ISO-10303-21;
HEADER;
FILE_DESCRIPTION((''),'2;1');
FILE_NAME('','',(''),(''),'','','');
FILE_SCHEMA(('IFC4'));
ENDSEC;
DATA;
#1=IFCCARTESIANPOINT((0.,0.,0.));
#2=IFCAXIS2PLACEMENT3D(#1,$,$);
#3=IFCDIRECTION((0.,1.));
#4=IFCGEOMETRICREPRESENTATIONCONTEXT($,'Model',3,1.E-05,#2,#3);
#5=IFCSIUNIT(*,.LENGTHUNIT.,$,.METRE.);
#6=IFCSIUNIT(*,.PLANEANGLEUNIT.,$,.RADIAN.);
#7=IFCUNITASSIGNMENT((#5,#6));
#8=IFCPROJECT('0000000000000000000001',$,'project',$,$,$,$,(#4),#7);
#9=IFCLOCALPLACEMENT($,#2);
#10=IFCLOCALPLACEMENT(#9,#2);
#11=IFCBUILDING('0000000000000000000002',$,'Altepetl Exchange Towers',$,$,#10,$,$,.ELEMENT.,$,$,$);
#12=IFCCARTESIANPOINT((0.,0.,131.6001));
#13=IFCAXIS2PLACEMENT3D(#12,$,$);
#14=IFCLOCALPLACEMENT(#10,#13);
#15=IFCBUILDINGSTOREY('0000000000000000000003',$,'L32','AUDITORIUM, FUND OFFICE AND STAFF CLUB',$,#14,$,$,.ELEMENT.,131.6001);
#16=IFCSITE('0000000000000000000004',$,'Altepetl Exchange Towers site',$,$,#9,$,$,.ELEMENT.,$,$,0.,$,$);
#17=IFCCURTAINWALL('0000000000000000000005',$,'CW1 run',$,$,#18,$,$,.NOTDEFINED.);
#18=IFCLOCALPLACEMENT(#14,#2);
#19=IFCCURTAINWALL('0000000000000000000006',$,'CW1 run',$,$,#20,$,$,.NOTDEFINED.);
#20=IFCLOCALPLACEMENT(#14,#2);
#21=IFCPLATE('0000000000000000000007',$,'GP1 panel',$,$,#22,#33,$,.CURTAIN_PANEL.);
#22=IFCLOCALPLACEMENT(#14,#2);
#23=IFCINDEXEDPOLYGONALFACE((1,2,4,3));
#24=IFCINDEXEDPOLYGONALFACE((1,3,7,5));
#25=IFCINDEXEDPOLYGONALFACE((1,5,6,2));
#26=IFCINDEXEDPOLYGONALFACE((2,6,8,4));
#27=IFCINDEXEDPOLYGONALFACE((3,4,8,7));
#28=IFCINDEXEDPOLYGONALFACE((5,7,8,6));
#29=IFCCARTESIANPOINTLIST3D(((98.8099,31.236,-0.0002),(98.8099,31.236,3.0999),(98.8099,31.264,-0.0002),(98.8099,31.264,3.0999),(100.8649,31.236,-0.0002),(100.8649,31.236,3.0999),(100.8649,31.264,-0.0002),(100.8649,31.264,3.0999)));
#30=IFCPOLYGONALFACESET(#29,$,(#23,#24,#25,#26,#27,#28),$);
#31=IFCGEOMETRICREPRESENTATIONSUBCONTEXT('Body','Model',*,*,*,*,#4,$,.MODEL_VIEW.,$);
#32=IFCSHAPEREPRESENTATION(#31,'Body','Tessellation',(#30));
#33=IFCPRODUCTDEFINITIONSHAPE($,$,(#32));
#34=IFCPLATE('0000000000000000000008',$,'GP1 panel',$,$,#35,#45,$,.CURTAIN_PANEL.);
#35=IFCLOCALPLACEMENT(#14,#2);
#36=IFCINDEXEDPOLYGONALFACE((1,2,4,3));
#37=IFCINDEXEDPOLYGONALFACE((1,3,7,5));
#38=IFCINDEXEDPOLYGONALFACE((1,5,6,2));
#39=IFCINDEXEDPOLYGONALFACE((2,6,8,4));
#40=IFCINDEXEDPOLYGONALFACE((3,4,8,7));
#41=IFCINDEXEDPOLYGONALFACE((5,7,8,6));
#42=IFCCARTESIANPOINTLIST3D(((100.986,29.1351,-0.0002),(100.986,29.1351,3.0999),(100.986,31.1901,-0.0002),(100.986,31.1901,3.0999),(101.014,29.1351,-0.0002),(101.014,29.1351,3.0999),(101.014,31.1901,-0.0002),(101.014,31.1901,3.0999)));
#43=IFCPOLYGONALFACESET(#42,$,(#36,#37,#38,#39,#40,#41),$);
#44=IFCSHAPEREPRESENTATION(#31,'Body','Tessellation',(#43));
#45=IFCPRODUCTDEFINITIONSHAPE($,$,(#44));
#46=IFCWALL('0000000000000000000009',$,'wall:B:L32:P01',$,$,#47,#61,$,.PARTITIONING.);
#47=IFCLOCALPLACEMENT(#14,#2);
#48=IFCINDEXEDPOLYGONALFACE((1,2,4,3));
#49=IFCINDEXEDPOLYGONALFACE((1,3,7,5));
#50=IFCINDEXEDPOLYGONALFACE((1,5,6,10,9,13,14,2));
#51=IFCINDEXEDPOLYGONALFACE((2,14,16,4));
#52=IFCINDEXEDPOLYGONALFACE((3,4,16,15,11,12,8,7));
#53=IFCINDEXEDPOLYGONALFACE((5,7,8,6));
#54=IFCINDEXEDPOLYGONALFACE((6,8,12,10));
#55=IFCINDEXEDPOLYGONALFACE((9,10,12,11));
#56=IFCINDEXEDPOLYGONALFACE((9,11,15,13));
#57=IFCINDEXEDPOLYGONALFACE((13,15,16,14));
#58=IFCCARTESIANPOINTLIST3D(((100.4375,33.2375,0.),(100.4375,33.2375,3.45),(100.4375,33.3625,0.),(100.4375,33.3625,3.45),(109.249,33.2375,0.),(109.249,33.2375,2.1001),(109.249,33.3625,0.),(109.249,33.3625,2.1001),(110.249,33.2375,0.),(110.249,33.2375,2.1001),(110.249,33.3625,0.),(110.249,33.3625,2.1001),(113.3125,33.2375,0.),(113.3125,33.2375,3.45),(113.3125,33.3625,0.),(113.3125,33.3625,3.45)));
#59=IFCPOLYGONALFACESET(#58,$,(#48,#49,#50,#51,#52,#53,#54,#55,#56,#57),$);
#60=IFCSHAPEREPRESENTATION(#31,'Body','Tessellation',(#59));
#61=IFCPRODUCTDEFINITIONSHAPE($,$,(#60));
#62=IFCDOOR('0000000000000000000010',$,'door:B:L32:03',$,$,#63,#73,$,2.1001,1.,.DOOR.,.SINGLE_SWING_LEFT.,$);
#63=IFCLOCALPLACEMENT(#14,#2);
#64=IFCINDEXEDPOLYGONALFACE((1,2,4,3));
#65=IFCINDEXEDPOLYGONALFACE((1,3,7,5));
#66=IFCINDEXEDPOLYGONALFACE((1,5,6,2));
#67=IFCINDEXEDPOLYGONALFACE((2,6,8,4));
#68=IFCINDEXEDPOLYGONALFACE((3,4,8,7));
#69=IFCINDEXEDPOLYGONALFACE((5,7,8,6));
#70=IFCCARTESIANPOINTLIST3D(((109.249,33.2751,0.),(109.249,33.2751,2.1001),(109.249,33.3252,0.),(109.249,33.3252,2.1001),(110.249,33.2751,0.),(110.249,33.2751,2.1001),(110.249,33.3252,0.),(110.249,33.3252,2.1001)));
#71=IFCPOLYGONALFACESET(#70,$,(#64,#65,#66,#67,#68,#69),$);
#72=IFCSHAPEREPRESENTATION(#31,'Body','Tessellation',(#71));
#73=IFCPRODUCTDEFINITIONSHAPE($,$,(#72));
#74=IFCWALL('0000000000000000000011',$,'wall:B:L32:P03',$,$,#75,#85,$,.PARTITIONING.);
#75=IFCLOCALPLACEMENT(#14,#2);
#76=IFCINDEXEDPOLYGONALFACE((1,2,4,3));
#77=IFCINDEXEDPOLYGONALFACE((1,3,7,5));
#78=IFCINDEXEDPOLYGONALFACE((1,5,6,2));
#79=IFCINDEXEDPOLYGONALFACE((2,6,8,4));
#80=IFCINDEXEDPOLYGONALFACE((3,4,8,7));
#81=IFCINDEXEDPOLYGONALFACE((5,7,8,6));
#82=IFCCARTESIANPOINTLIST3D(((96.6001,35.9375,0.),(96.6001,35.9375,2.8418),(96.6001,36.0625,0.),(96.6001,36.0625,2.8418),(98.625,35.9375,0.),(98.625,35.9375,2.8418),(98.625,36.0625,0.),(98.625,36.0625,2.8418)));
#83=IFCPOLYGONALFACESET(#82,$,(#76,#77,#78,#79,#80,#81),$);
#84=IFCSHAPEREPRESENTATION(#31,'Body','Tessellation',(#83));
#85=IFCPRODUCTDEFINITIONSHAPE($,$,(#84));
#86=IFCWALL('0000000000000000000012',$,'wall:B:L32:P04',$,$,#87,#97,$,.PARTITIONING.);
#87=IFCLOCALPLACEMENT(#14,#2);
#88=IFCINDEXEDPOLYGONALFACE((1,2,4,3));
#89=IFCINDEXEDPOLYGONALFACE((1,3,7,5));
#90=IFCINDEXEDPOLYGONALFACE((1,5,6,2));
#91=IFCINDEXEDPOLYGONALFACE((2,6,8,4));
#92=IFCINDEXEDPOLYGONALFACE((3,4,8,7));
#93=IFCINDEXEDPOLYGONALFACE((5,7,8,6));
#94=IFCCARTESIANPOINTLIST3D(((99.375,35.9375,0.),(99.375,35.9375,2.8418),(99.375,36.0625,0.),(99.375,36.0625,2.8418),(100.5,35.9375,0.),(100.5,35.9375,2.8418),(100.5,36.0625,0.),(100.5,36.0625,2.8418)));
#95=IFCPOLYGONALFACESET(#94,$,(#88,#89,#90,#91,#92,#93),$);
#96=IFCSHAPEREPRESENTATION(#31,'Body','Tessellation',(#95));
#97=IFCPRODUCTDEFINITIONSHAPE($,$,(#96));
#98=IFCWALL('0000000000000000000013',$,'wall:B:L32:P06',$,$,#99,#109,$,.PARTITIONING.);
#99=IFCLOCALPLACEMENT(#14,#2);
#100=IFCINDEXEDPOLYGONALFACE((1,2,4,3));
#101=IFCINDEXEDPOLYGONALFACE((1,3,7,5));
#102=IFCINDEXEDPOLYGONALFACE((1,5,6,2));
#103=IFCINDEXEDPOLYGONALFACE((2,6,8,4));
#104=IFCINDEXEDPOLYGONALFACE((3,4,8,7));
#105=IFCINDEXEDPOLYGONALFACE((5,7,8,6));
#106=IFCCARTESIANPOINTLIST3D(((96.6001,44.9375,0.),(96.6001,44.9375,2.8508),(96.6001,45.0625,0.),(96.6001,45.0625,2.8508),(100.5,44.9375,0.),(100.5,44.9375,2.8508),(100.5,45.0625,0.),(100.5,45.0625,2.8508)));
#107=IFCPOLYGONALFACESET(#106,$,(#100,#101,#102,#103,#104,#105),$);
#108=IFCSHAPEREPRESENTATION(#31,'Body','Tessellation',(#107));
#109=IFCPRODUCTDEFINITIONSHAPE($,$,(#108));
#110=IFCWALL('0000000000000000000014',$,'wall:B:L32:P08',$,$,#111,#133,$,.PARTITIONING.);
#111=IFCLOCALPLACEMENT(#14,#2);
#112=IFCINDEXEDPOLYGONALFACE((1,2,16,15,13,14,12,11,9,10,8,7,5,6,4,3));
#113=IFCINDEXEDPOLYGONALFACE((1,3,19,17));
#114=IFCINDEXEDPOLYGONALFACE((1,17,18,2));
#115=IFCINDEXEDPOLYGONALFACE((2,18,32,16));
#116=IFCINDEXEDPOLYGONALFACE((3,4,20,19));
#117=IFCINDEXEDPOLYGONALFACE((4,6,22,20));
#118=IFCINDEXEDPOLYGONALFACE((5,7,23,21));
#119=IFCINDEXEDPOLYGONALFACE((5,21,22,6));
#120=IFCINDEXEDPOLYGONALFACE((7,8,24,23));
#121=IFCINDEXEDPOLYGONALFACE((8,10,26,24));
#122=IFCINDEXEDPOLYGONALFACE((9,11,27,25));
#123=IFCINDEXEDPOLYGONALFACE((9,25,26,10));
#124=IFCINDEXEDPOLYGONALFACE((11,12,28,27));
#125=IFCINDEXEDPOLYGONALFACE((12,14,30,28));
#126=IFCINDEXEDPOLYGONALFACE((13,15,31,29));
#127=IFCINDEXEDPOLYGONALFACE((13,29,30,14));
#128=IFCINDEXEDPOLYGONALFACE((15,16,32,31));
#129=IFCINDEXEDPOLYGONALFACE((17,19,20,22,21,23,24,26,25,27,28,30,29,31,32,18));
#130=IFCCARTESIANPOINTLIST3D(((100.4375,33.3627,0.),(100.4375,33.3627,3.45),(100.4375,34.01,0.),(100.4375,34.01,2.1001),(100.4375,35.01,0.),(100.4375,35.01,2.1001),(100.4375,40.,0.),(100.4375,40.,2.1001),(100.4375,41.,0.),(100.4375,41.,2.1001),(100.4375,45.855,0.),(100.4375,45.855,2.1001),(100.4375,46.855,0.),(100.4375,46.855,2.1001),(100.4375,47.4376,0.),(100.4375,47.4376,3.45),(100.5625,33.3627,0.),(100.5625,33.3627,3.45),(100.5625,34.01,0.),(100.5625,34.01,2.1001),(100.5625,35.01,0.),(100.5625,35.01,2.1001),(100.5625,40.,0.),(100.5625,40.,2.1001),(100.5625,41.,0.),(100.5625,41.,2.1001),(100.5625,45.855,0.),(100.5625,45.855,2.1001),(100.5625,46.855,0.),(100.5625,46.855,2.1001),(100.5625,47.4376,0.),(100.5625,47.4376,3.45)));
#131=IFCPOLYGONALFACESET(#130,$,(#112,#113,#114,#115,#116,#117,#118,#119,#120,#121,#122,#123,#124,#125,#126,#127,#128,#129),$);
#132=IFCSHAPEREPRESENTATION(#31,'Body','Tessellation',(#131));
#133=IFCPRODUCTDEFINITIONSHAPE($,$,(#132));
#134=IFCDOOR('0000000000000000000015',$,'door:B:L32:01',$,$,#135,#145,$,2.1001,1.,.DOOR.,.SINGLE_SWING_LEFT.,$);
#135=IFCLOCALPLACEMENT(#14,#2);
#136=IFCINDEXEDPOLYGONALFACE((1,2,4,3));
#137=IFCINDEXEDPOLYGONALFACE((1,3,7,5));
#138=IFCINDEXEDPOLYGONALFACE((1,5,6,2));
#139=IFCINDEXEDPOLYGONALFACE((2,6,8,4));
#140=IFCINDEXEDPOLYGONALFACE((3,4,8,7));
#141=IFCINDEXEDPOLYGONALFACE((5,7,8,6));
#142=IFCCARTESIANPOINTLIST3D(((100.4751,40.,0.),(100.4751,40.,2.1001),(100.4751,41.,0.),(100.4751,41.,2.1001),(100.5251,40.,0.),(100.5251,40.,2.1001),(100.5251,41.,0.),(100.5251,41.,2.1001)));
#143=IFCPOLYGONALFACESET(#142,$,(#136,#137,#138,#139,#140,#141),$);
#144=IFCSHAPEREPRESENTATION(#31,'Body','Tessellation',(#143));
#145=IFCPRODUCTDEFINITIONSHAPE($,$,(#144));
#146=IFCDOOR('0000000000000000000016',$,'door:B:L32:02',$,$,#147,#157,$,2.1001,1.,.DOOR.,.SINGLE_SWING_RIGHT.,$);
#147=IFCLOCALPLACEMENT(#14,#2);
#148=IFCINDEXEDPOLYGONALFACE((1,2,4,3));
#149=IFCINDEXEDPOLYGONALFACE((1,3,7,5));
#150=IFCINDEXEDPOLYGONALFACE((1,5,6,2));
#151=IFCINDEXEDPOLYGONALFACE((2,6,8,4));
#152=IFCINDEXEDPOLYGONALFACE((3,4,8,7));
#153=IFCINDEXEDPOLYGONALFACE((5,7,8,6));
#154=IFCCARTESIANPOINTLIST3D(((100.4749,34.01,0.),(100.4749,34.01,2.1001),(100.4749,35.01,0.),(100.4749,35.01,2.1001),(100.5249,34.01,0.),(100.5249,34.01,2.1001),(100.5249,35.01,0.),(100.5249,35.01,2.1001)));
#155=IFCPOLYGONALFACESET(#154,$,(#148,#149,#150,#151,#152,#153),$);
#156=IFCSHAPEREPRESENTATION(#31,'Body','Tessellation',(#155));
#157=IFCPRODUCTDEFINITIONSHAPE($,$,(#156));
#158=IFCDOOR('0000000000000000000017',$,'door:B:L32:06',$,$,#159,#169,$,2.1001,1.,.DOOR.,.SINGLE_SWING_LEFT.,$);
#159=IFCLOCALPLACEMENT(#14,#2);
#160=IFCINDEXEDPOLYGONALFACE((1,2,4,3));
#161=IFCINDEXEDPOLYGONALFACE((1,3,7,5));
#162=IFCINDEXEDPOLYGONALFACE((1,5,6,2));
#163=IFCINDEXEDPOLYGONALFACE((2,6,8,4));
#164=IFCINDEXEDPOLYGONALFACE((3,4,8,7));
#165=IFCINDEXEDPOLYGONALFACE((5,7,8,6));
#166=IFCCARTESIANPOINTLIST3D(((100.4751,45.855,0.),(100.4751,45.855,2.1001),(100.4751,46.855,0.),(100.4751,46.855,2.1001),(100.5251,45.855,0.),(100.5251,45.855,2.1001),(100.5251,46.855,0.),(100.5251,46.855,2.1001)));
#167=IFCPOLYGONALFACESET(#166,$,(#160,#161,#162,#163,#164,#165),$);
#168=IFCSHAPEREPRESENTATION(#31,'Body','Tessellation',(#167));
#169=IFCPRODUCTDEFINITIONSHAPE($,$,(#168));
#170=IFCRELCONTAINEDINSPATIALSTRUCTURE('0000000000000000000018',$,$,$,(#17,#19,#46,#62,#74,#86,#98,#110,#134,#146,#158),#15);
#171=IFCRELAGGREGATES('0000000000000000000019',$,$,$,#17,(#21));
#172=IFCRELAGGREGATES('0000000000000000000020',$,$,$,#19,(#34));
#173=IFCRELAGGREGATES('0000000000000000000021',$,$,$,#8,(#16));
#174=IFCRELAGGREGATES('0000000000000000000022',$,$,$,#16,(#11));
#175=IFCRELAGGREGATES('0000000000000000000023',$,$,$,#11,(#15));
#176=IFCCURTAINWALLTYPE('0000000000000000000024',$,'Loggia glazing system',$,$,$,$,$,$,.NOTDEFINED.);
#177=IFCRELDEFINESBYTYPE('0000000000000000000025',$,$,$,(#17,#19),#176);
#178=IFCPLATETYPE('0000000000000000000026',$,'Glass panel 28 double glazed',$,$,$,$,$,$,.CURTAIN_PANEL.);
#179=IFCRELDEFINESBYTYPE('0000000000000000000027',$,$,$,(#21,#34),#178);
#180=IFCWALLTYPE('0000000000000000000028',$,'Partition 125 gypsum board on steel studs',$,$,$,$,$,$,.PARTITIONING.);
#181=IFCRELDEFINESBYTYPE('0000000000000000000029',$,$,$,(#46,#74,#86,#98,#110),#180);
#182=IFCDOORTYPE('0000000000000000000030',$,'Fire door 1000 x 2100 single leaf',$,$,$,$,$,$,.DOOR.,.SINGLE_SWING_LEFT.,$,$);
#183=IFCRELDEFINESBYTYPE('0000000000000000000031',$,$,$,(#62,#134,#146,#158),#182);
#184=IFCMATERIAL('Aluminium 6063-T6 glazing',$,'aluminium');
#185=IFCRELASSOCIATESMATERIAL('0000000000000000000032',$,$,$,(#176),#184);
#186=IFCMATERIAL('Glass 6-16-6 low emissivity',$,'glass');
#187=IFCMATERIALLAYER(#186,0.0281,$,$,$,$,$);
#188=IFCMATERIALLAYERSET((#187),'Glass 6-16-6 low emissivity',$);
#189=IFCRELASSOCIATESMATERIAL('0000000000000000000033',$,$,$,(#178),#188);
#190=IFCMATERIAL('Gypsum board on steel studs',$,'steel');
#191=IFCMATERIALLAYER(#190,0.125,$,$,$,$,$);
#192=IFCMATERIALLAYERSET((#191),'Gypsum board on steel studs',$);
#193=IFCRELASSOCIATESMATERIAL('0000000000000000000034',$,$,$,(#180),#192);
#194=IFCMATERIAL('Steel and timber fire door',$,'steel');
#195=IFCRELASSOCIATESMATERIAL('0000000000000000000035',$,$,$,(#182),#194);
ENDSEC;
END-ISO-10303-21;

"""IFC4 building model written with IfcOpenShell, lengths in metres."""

from ifc_helpers import new_model, si_unit, direction, frame, frame_2d, origin, origin_2d, place, context, subcontext, project, spatial, rectangle, extrude, material, layer, layer_set, type_object, element, fill, aggregate, save


model = new_model("IFC4")

# Units and contexts
model_context = context("Model", 3, precision=1e-05, world=origin(), true_north=direction((0.0, 1.0)))
body_context = subcontext(model_context, "Body", "Model", "MODEL_VIEW")
ifc_project = project(units=[si_unit("LENGTHUNIT", "METRE"), si_unit("PLANEANGLEUNIT", "RADIAN")], contexts=[model_context])

# Site, building, storey
site_placement = place(None, origin())
site = spatial("IfcSite", under=ifc_project, at=site_placement, Name="Altepetl Exchange Towers site", CompositionType="ELEMENT", RefElevation=0.0)
building_placement = place(site_placement, origin())
building = spatial("IfcBuilding", under=site, at=building_placement, Name="Altepetl Exchange Towers", CompositionType="ELEMENT")
storey_placement = place(building_placement, frame((0.0, 0.0, 131.6001)))
storey = spatial("IfcBuildingStorey", under=building, at=storey_placement, Name="L32", Description="AUDITORIUM, FUND OFFICE AND STAFF CLUB", CompositionType="ELEMENT", Elevation=131.6001)

# Curtain walls
ifc_material_1 = material(Name="Aluminium 6063-T6 glazing", Category="aluminium")
curtain_wall_type = type_object("IfcCurtainWallType", Name="Loggia glazing system", PredefinedType="NOTDEFINED", material=ifc_material_1)
curtain_wall_1_placement = place(storey_placement, origin())
curtain_wall_1 = element("IfcCurtainWall", 1, at=curtain_wall_1_placement, inside=storey, type_object=curtain_wall_type, Name="CW1 run", PredefinedType="NOTDEFINED")
curtain_wall_2_placement = place(storey_placement, origin())
curtain_wall_2 = element("IfcCurtainWall", 2, at=curtain_wall_2_placement, inside=storey, type_object=curtain_wall_type, Name="CW1 run", PredefinedType="NOTDEFINED")

# Plates
ifc_material_2 = material(Name="Glass 6-16-6 low emissivity", Category="glass")
ifc_layer_1 = layer(ifc_material_2, 0.0281)
ifc_layer_set_1 = layer_set([ifc_layer_1], Name="Glass 6-16-6 low emissivity")
plate_type = type_object("IfcPlateType", Name="Glass panel 28 double glazed", PredefinedType="CURTAIN_PANEL", material=ifc_layer_set_1)
plate_1_placement = place(storey_placement, frame((99.8374, 31.25, -0.0002)))
plate_1 = element("IfcPlate", 3, at=plate_1_placement, type_object=plate_type, Name="GP1 panel", PredefinedType="CURTAIN_PANEL", context=body_context, shape_type="SweptSolid", body=[
    extrude(rectangle(XDim=2.0549, YDim=0.0281, at=origin_2d()), origin(), (0.0, 0.0, 1.0), 3.1001),
])
aggregate(curtain_wall_1, [plate_1])
plate_2_placement = place(storey_placement, frame((101.0, 30.1626, -0.0002), z_axis=(0.0, 0.0, 1.0), x_axis=(0.0, -1.0, 0.0)))
plate_2 = element("IfcPlate", 4, at=plate_2_placement, type_object=plate_type, Name="GP1 panel", PredefinedType="CURTAIN_PANEL", context=body_context, shape_type="SweptSolid", body=[
    extrude(rectangle(XDim=2.0549, YDim=0.0281, at=origin_2d()), origin(), (0.0, 0.0, 1.0), 3.1001),
])
aggregate(curtain_wall_2, [plate_2])

# Wall, opening, door
ifc_material_3 = material(Name="Gypsum board on steel studs", Category="steel")
ifc_layer_2 = layer(ifc_material_3, 0.125)
ifc_layer_set_2 = layer_set([ifc_layer_2], Name="Gypsum board on steel studs")
wall_type = type_object("IfcWallType", Name="Partition 125 gypsum board on steel studs", PredefinedType="PARTITIONING", material=ifc_layer_set_2)
wall_1_placement = place(storey_placement, frame((100.4375, 33.3, 0.0)))
wall_1 = element("IfcWall", 5, at=wall_1_placement, inside=storey, type_object=wall_type, Name="wall:B:L32:P01", PredefinedType="PARTITIONING", context=body_context, shape_type="SweptSolid", body=[
    extrude(rectangle(XDim=12.875, YDim=0.125, at=frame_2d((6.4375, 0.0))), origin(), (0.0, 0.0, 1.0), 3.45),
])
opening_1_placement = place(wall_1_placement, frame((8.8115, 0.0, 0.0)))
opening_1 = element("IfcOpeningElement", 6, at=opening_1_placement, cuts=wall_1, PredefinedType="OPENING", context=body_context, shape_type="SweptSolid", body=[
    extrude(rectangle(XDim=1.0, YDim=2.1001, at=frame_2d((0.5, 1.05))), frame((0.0, 0.0725, 0.0), z_axis=(0.0, -1.0, 0.0), x_axis=(1.0, 0.0, 0.0)), (0.0, 0.0, 1.0), 0.145),
])
ifc_material_4 = material(Name="Steel and timber fire door", Category="steel")
door_type = type_object("IfcDoorType", Name="Fire door 1000 x 2100 single leaf", OperationType="SINGLE_SWING_LEFT", PredefinedType="DOOR", material=ifc_material_4)
door_1_placement = place(opening_1_placement, frame((1.0, 0.0, 0.0), x_axis=(-1.0, 0.0, 0.0)))
door_1 = element("IfcDoor", 7, at=door_1_placement, inside=storey, type_object=door_type, Name="door:B:L32:03", OperationType="SINGLE_SWING_LEFT", OverallHeight=2.1001, OverallWidth=1.0, PredefinedType="DOOR", context=body_context, shape_type="SweptSolid", body=[
    extrude(rectangle(XDim=1.0, YDim=2.1001, at=frame_2d((0.5, 1.05))), frame((0.0, 0.0249, 0.0), z_axis=(0.0, -1.0, 0.0), x_axis=(1.0, 0.0, 0.0)), (0.0, 0.0, 1.0), 0.05),
])
fill(opening_1, door_1)

# Walls
wall_2_placement = place(storey_placement, frame((96.6001, 36.0, 0.0)))
element("IfcWall", 8, at=wall_2_placement, inside=storey, type_object=wall_type, Name="wall:B:L32:P03", PredefinedType="PARTITIONING", context=body_context, shape_type="SweptSolid", body=[
    extrude(rectangle(XDim=2.0249, YDim=0.125, at=frame_2d((1.0125, 0.0))), origin(), (0.0, 0.0, 1.0), 2.8418),
])
wall_3_placement = place(storey_placement, frame((99.375, 36.0, 0.0)))
element("IfcWall", 9, at=wall_3_placement, inside=storey, type_object=wall_type, Name="wall:B:L32:P04", PredefinedType="PARTITIONING", context=body_context, shape_type="SweptSolid", body=[
    extrude(rectangle(XDim=1.125, YDim=0.125, at=frame_2d((0.5625, 0.0))), origin(), (0.0, 0.0, 1.0), 2.8418),
])
wall_4_placement = place(storey_placement, frame((96.6001, 45.0, 0.0)))
element("IfcWall", 10, at=wall_4_placement, inside=storey, type_object=wall_type, Name="wall:B:L32:P06", PredefinedType="PARTITIONING", context=body_context, shape_type="SweptSolid", body=[
    extrude(rectangle(XDim=3.8999, YDim=0.125, at=frame_2d((1.95, 0.0))), origin(), (0.0, 0.0, 1.0), 2.8508),
])

# Wall, openings, doors
wall_5_placement = place(storey_placement, frame((100.5, 33.3625, 0.0), z_axis=(0.0, 0.0, 1.0), x_axis=(0.0, 1.0, 0.0)))
wall_5 = element("IfcWall", 11, at=wall_5_placement, inside=storey, type_object=wall_type, Name="wall:B:L32:P08", PredefinedType="PARTITIONING", context=body_context, shape_type="SweptSolid", body=[
    extrude(rectangle(XDim=14.075, YDim=0.125, at=frame_2d((7.0376, 0.0))), origin(), (0.0, 0.0, 1.0), 3.45),
])
opening_2_placement = place(wall_5_placement, frame((6.6375, 0.0, 0.0)))
opening_2 = element("IfcOpeningElement", 12, at=opening_2_placement, cuts=wall_5, PredefinedType="OPENING", context=body_context, shape_type="SweptSolid", body=[
    extrude(rectangle(XDim=1.0, YDim=2.1001, at=frame_2d((0.5, 1.05))), frame((0.0, 0.0725, 0.0), z_axis=(0.0, -1.0, 0.0), x_axis=(1.0, 0.0, 0.0)), (0.0, 0.0, 1.0), 0.145),
])
opening_3_placement = place(wall_5_placement, frame((0.6475, 0.0, 0.0)))
opening_3 = element("IfcOpeningElement", 13, at=opening_3_placement, cuts=wall_5, PredefinedType="OPENING", context=body_context, shape_type="SweptSolid", body=[
    extrude(rectangle(XDim=1.0, YDim=2.1001, at=frame_2d((0.5, 1.05))), frame((0.0, 0.0725, 0.0), z_axis=(0.0, -1.0, 0.0), x_axis=(1.0, 0.0, 0.0)), (0.0, 0.0, 1.0), 0.145),
])
opening_4_placement = place(wall_5_placement, frame((12.4924, 0.0, 0.0)))
opening_4 = element("IfcOpeningElement", 14, at=opening_4_placement, cuts=wall_5, PredefinedType="OPENING", context=body_context, shape_type="SweptSolid", body=[
    extrude(rectangle(XDim=1.0, YDim=2.1001, at=frame_2d((0.5, 1.05))), frame((0.0, 0.0725, 0.0), z_axis=(0.0, -1.0, 0.0), x_axis=(1.0, 0.0, 0.0)), (0.0, 0.0, 1.0), 0.145),
])
door_2_placement = place(opening_2_placement, origin())
door_2 = element("IfcDoor", 15, at=door_2_placement, inside=storey, type_object=door_type, Name="door:B:L32:01", OperationType="SINGLE_SWING_LEFT", OverallHeight=2.1001, OverallWidth=1.0, PredefinedType="DOOR", context=body_context, shape_type="SweptSolid", body=[
    extrude(rectangle(XDim=1.0, YDim=2.1001, at=frame_2d((0.5, 1.05))), frame((0.0, 0.0249, 0.0), z_axis=(0.0, -1.0, 0.0), x_axis=(1.0, 0.0, 0.0)), (0.0, 0.0, 1.0), 0.05),
])
fill(opening_2, door_2)
door_3_placement = place(opening_3_placement, frame((1.0, 0.0, 0.0), x_axis=(-1.0, 0.0, 0.0)))
door_3 = element("IfcDoor", 16, at=door_3_placement, inside=storey, type_object=door_type, Name="door:B:L32:02", OperationType="SINGLE_SWING_RIGHT", OverallHeight=2.1001, OverallWidth=1.0, PredefinedType="DOOR", context=body_context, shape_type="SweptSolid", body=[
    extrude(rectangle(XDim=1.0, YDim=2.1001, at=frame_2d((0.5, 1.05))), frame((0.0, 0.0249, 0.0), z_axis=(0.0, -1.0, 0.0), x_axis=(1.0, 0.0, 0.0)), (0.0, 0.0, 1.0), 0.05),
])
fill(opening_3, door_3)
door_4_placement = place(opening_4_placement, origin())
door_4 = element("IfcDoor", 17, at=door_4_placement, inside=storey, type_object=door_type, Name="door:B:L32:06", OperationType="SINGLE_SWING_LEFT", OverallHeight=2.1001, OverallWidth=1.0, PredefinedType="DOOR", context=body_context, shape_type="SweptSolid", body=[
    extrude(rectangle(XDim=1.0, YDim=2.1001, at=frame_2d((0.5, 1.05))), frame((0.0, 0.0249, 0.0), z_axis=(0.0, -1.0, 0.0), x_axis=(1.0, 0.0, 0.0)), (0.0, 0.0, 1.0), 0.05),
])
fill(opening_4, door_4)

save(model, "model.ifc")
